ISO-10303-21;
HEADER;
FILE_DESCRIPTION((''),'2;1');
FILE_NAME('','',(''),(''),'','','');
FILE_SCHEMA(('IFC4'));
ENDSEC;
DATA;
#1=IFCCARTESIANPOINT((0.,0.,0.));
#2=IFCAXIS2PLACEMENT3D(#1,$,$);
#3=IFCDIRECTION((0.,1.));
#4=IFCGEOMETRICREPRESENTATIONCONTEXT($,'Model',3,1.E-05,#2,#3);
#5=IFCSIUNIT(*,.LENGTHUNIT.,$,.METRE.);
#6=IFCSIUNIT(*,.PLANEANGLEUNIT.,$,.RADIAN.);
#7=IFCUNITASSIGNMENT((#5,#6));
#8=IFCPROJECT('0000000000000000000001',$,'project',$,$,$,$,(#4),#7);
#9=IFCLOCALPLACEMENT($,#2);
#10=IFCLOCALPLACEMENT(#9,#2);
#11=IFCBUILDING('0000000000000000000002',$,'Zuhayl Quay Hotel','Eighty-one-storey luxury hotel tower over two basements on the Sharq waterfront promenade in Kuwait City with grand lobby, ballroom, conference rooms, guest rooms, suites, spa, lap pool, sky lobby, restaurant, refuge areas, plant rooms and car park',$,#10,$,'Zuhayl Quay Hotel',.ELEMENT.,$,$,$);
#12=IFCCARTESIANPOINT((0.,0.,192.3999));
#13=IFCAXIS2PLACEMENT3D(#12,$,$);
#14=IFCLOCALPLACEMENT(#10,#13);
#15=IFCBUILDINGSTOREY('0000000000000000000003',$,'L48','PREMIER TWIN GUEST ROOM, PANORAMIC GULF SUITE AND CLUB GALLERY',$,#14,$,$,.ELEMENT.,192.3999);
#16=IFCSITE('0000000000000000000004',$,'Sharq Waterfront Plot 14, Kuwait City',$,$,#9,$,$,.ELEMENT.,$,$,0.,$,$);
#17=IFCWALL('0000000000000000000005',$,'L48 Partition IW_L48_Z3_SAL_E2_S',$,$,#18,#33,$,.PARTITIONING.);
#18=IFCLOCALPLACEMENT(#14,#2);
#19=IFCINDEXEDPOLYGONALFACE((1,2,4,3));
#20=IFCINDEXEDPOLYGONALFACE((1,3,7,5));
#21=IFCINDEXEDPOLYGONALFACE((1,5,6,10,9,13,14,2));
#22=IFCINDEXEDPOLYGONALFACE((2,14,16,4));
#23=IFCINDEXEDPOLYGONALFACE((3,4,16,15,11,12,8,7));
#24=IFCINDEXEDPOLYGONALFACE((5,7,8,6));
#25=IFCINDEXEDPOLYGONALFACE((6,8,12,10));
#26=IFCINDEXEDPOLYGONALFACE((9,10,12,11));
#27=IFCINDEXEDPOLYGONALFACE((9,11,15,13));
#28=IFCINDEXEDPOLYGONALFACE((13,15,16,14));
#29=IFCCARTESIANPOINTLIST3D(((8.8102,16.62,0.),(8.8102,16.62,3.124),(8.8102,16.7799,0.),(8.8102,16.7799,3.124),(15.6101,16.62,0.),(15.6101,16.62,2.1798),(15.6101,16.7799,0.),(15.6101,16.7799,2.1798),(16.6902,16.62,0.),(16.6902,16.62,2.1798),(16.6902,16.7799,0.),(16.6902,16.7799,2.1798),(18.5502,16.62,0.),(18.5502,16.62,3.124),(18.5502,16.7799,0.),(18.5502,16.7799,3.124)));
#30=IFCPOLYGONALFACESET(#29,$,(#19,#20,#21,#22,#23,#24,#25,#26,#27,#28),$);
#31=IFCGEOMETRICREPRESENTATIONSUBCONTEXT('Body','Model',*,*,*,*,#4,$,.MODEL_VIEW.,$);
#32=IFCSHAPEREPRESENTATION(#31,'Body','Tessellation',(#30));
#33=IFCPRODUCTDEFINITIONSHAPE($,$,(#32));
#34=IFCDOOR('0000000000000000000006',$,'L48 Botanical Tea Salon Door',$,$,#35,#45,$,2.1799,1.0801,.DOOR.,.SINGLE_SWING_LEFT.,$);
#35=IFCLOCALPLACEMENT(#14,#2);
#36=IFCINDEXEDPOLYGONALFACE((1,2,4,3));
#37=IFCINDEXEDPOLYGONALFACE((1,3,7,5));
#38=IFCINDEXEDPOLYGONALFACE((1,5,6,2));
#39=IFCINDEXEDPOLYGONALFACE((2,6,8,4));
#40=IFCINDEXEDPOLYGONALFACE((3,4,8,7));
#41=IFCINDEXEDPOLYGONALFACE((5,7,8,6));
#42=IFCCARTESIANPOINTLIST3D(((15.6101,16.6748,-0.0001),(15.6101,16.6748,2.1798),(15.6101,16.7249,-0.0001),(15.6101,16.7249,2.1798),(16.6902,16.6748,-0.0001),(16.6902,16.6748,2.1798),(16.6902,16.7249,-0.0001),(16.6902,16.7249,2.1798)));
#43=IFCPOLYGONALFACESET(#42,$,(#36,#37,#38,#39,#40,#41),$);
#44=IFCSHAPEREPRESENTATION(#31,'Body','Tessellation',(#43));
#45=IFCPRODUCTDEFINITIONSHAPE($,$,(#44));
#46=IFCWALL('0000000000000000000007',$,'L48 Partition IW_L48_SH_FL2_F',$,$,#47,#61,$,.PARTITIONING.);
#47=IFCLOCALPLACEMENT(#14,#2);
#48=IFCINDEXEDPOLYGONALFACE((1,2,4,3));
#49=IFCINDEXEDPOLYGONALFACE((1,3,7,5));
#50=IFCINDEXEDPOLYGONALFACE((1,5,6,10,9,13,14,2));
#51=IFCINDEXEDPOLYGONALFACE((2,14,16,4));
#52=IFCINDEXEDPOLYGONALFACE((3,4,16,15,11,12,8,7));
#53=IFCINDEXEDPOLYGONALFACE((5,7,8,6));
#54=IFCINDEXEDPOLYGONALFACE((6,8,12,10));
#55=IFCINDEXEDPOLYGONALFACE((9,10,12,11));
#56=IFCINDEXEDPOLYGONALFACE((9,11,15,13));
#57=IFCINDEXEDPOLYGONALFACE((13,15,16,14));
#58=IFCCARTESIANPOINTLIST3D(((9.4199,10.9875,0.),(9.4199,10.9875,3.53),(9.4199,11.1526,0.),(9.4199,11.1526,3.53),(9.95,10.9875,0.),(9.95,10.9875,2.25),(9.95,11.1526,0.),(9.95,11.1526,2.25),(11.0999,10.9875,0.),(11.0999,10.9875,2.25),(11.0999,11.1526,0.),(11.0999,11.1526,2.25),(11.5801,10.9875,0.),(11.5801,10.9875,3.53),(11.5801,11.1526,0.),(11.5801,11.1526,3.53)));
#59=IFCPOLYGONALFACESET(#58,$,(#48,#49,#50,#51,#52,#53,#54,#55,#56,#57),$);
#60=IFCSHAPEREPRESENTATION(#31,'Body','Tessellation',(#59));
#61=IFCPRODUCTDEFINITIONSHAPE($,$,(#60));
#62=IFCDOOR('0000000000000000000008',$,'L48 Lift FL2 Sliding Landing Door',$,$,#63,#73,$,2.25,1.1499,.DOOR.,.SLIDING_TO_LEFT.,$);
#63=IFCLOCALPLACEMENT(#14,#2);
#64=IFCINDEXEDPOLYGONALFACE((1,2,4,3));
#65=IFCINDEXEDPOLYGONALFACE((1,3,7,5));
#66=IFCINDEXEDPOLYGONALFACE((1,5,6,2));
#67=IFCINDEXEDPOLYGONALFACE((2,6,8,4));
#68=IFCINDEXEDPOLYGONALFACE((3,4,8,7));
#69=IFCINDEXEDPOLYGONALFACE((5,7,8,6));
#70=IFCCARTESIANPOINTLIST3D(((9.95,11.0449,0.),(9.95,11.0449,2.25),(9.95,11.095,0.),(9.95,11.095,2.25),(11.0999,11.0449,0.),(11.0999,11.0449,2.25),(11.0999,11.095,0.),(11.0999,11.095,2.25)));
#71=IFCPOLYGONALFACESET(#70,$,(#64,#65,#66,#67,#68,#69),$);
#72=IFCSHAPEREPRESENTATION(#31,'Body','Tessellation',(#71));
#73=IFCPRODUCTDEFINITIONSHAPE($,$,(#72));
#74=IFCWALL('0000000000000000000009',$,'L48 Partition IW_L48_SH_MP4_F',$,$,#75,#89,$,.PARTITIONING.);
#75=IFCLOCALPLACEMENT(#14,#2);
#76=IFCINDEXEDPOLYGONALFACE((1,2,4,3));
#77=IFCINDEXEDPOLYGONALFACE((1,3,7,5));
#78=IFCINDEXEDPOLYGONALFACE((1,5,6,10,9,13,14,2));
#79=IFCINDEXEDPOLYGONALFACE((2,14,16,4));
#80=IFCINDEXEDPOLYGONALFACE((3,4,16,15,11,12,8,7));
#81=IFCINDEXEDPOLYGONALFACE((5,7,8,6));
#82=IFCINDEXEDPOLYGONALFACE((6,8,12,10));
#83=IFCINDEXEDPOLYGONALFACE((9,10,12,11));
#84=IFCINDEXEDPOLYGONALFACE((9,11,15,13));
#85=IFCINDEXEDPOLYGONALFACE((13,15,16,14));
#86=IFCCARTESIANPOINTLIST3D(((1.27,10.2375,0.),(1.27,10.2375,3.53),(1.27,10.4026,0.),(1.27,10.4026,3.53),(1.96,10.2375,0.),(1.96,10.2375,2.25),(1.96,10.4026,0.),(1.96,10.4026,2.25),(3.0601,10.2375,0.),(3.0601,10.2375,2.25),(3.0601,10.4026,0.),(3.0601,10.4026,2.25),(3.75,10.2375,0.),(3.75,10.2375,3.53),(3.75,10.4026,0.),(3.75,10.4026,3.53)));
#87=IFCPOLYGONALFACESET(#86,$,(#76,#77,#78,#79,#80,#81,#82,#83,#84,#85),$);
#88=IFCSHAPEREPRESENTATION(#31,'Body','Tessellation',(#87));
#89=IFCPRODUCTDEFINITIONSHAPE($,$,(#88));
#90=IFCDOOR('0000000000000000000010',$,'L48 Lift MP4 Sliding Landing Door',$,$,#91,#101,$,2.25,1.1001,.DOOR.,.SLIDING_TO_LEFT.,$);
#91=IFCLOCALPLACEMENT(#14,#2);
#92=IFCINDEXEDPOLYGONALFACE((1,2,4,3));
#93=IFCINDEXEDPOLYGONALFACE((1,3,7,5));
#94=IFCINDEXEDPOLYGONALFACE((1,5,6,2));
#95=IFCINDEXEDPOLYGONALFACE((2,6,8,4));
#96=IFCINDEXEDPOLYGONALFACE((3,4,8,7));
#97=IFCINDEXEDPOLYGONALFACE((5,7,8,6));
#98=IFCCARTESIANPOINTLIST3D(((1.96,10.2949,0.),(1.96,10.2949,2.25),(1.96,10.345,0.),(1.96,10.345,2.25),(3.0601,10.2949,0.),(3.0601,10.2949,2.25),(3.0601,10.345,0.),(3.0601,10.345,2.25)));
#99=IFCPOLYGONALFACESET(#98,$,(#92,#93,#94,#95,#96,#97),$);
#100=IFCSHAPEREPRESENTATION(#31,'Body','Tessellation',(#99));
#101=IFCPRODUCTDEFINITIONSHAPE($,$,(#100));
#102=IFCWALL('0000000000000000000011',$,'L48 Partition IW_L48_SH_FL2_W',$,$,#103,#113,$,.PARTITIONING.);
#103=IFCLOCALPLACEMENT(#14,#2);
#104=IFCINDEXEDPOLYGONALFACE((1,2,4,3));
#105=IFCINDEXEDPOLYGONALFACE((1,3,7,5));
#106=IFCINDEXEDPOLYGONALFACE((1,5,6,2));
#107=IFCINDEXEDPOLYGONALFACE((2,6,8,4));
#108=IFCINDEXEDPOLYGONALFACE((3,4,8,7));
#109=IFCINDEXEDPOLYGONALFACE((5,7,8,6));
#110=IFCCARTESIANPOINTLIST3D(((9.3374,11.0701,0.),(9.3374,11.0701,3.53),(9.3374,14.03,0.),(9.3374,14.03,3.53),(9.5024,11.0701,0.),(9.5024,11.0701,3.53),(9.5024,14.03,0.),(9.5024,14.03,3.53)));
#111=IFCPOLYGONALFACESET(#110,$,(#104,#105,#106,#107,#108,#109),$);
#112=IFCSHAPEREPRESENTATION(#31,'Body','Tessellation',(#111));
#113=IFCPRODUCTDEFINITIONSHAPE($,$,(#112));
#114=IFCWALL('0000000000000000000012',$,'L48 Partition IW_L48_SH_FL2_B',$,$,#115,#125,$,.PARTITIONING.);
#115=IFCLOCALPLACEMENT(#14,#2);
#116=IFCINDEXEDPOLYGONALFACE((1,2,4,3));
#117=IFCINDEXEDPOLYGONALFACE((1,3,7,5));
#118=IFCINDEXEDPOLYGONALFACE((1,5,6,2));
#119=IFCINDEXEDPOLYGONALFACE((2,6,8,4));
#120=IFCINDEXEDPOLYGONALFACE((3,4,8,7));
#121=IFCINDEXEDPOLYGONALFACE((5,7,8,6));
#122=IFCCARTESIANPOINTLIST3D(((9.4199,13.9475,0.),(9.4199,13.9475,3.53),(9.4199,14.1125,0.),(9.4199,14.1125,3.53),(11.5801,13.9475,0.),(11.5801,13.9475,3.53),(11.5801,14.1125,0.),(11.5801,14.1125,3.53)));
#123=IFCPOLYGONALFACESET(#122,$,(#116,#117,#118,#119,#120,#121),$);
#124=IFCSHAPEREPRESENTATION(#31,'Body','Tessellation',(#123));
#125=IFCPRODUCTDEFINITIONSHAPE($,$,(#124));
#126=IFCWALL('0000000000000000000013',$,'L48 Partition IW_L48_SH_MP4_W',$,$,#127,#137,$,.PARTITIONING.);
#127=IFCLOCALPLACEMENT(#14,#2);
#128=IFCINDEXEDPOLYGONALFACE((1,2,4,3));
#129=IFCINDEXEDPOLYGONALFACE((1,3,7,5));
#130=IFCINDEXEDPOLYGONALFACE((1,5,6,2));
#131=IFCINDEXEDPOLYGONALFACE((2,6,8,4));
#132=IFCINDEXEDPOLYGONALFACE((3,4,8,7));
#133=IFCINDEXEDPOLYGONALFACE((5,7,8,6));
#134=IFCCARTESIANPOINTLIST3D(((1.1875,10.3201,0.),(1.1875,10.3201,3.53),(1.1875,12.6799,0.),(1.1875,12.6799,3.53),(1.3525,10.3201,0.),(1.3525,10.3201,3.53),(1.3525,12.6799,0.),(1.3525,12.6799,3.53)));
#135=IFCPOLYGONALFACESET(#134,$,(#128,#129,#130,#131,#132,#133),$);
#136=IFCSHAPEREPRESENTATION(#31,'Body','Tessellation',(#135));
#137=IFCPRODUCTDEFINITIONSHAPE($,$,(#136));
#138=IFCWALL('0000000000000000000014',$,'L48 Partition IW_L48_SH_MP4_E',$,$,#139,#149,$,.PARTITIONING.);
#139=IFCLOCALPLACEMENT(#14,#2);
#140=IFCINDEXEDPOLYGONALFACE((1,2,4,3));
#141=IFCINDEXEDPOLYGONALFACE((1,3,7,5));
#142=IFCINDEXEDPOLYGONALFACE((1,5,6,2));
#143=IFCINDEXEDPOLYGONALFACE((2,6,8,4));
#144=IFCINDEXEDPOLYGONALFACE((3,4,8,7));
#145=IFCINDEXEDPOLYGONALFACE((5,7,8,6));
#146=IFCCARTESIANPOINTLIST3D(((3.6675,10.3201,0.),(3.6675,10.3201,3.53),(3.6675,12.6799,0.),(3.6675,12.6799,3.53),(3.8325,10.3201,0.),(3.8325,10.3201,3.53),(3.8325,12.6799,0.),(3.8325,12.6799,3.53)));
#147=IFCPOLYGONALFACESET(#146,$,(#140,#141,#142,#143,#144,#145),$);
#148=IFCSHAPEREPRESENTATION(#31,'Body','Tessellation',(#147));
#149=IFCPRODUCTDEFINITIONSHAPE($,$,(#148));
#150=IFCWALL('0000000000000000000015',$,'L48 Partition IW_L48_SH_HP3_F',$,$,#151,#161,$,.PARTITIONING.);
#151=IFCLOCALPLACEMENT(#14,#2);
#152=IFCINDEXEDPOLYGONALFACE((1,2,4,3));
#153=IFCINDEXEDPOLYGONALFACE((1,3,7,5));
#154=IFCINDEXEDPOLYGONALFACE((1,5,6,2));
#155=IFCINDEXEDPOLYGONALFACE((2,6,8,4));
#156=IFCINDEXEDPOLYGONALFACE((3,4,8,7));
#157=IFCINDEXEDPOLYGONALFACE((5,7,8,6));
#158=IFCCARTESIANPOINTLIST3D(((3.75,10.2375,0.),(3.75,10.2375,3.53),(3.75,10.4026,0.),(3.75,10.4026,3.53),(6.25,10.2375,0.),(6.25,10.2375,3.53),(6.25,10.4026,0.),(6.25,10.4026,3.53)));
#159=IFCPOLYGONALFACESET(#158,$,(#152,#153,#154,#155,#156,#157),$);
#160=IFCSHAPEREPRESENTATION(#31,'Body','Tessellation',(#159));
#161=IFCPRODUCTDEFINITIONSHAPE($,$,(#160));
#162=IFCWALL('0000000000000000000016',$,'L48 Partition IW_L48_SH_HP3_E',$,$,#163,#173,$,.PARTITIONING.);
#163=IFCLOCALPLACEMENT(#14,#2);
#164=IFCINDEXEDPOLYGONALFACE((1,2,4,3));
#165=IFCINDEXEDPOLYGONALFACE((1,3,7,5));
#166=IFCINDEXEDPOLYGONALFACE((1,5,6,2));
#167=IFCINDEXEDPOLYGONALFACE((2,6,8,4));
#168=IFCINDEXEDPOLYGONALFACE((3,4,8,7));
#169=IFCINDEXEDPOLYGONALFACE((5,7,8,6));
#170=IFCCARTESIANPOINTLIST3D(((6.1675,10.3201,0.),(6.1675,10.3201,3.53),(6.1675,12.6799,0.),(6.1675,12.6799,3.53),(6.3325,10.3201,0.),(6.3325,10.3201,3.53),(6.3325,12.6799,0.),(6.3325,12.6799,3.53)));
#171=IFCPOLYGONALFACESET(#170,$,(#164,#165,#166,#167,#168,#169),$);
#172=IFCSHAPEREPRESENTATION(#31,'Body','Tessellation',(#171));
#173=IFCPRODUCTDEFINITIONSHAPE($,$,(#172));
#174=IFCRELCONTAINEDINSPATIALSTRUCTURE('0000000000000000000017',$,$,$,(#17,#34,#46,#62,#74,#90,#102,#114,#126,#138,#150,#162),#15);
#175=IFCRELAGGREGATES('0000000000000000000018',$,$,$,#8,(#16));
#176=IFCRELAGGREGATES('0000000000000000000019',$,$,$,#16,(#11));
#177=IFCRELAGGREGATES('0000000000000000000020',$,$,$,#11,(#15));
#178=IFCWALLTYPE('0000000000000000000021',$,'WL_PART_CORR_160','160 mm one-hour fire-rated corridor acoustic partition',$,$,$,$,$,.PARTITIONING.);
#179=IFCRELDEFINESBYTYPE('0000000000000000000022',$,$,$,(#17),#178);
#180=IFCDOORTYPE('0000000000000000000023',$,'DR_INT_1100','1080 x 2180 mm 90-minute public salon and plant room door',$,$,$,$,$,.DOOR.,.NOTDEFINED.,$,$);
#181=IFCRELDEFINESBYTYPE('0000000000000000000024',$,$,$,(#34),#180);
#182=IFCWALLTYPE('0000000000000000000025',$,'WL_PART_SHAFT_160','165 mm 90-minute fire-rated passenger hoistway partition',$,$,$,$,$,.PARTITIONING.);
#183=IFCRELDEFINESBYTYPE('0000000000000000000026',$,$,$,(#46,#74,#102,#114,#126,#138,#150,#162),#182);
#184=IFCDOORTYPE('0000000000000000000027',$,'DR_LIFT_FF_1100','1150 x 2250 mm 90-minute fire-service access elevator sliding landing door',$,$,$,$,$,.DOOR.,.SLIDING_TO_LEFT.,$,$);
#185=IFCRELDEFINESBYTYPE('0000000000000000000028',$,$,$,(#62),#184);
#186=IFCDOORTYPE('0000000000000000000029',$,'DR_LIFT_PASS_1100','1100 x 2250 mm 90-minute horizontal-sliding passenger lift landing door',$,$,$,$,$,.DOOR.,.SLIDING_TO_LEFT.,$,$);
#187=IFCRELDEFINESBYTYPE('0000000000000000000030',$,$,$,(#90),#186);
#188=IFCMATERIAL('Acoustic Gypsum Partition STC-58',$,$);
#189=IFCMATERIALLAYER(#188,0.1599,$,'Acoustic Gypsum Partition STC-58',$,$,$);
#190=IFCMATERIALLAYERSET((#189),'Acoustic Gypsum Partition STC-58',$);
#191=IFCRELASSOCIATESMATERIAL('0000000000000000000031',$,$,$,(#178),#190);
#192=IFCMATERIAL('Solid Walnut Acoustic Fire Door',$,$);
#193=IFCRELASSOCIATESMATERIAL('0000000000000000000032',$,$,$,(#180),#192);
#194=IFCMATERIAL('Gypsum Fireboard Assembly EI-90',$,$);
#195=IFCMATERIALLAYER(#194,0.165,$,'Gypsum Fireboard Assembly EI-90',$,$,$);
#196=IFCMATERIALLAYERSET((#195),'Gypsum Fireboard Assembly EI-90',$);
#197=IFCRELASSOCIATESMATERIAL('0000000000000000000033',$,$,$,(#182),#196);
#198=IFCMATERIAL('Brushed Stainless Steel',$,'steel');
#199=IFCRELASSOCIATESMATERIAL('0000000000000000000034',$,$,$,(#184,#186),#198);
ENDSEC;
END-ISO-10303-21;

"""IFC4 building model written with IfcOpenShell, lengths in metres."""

from ifc_helpers import new_model, si_unit, direction, frame, frame_2d, origin, place, context, subcontext, project, spatial, rectangle, extrude, material, layer, layer_set, type_object, element, fill, save


model = new_model("IFC4")

# Units and contexts
model_context = context("Model", 3, precision=1e-05, world=origin(), true_north=direction((0.0, 1.0)))
body_context = subcontext(model_context, "Body", "Model", "MODEL_VIEW")
ifc_project = project(units=[si_unit("LENGTHUNIT", "METRE"), si_unit("PLANEANGLEUNIT", "RADIAN")], contexts=[model_context])

# Site, building, storey
site_placement = place(None, origin())
site = spatial("IfcSite", under=ifc_project, at=site_placement, Name="Sharq Waterfront Plot 14, Kuwait City", CompositionType="ELEMENT", RefElevation=0.0)
building_placement = place(site_placement, origin())
building = spatial("IfcBuilding", under=site, at=building_placement, Name="Zuhayl Quay Hotel", Description="Eighty-one-storey luxury hotel tower over two basements on the Sharq waterfront promenade in Kuwait City with grand lobby, ballroom, conference rooms, guest rooms, suites, spa, lap pool, sky lobby, restaurant, refuge areas, plant rooms and car park", LongName="Zuhayl Quay Hotel", CompositionType="ELEMENT")
storey_placement = place(building_placement, frame((0.0, 0.0, 192.3999)))
storey = spatial("IfcBuildingStorey", under=building, at=storey_placement, Name="L48", Description="PREMIER TWIN GUEST ROOM, PANORAMIC GULF SUITE AND CLUB GALLERY", CompositionType="ELEMENT", Elevation=192.3999)

# Shared definitions
ifc_material_1 = material(Name="Acoustic Gypsum Partition STC-58")

# Walls, openings, doors
ifc_layer_1 = layer(ifc_material_1, 0.1599, Name="Acoustic Gypsum Partition STC-58")
ifc_layer_set_1 = layer_set([ifc_layer_1], Name="Acoustic Gypsum Partition STC-58")
wall_type_1 = type_object("IfcWallType", Name="WL_PART_CORR_160", Description="160 mm one-hour fire-rated corridor acoustic partition", PredefinedType="PARTITIONING", material=ifc_layer_set_1)
ifc_material_2 = material(Name="Solid Walnut Acoustic Fire Door")
door_type_1 = type_object("IfcDoorType", Name="DR_INT_1100", Description="1080 x 2180 mm 90-minute public salon and plant room door", OperationType="NOTDEFINED", PredefinedType="DOOR", material=ifc_material_2)
wall_1_placement = place(storey_placement, frame((8.8101, 16.7, 0.0), z_axis=(0.0, 0.0, 1.0), x_axis=(1.0, 0.0, 0.0)))
wall_1 = element("IfcWall", 1, at=wall_1_placement, inside=storey, type_object=wall_type_1, Name="L48 Partition IW_L48_Z3_SAL_E2_S", PredefinedType="PARTITIONING", context=body_context, shape_type="SweptSolid", body=[
    extrude(rectangle(XDim=9.74, YDim=0.1599, at=frame_2d((4.8701, 0.0))), origin(), (0.0, 0.0, 1.0), 3.124),
])
opening_1_placement = place(wall_1_placement, frame((6.8, 0.0, 0.0)))
opening_1 = element("IfcOpeningElement", 2, at=opening_1_placement, cuts=wall_1, PredefinedType="OPENING", context=body_context, shape_type="SweptSolid", body=[
    extrude(rectangle(XDim=1.0801, YDim=2.1799, at=frame_2d((0.54, 1.0898))), frame((0.0, 0.0898, 0.0), z_axis=(0.0, -1.0, 0.0), x_axis=(1.0, 0.0, 0.0)), (0.0, 0.0, 1.0), 0.1799),
])
door_1_placement = place(opening_1_placement, origin())
door_1 = element("IfcDoor", 3, at=door_1_placement, inside=storey, type_object=door_type_1, Name="L48 Botanical Tea Salon Door", OperationType="SINGLE_SWING_LEFT", OverallHeight=2.1799, OverallWidth=1.0801, PredefinedType="DOOR", context=body_context, shape_type="SweptSolid", body=[
    extrude(rectangle(XDim=1.0801, YDim=2.1799, at=frame_2d((0.54, 1.0898))), frame((0.0, 0.0249, 0.0), z_axis=(0.0, -1.0, 0.0), x_axis=(1.0, 0.0, 0.0)), (0.0, 0.0, 1.0), 0.05),
])
fill(opening_1, door_1)
ifc_material_3 = material(Name="Gypsum Fireboard Assembly EI-90")
ifc_layer_2 = layer(ifc_material_3, 0.165, Name="Gypsum Fireboard Assembly EI-90")
ifc_layer_set_2 = layer_set([ifc_layer_2], Name="Gypsum Fireboard Assembly EI-90")
wall_type_2 = type_object("IfcWallType", Name="WL_PART_SHAFT_160", Description="165 mm 90-minute fire-rated passenger hoistway partition", PredefinedType="PARTITIONING", material=ifc_layer_set_2)
wall_2_placement = place(storey_placement, frame((9.4199, 11.0701, 0.0), z_axis=(0.0, 0.0, 1.0), x_axis=(1.0, 0.0, 0.0)))
wall_2 = element("IfcWall", 4, at=wall_2_placement, inside=storey, type_object=wall_type_2, Name="L48 Partition IW_L48_SH_FL2_F", PredefinedType="PARTITIONING", context=body_context, shape_type="SweptSolid", body=[
    extrude(rectangle(XDim=2.1602, YDim=0.165, at=frame_2d((1.0801, 0.0))), origin(), (0.0, 0.0, 1.0), 3.53),
])
opening_2_placement = place(wall_2_placement, frame((0.53, 0.0, 0.0)))
opening_2 = element("IfcOpeningElement", 5, at=opening_2_placement, cuts=wall_2, PredefinedType="OPENING", context=body_context, shape_type="SweptSolid", body=[
    extrude(rectangle(XDim=1.1499, YDim=2.25, at=frame_2d((0.575, 1.125))), frame((0.0, 0.0925, 0.0), z_axis=(0.0, -1.0, 0.0), x_axis=(1.0, 0.0, 0.0)), (0.0, 0.0, 1.0), 0.1851),
])
ifc_material_4 = material(Name="Brushed Stainless Steel", Category="steel")
door_type_2 = type_object("IfcDoorType", Name="DR_LIFT_FF_1100", Description="1150 x 2250 mm 90-minute fire-service access elevator sliding landing door", OperationType="SLIDING_TO_LEFT", PredefinedType="DOOR", material=ifc_material_4)
door_2_placement = place(opening_2_placement, origin())
door_2 = element("IfcDoor", 6, at=door_2_placement, inside=storey, type_object=door_type_2, Name="L48 Lift FL2 Sliding Landing Door", OperationType="SLIDING_TO_LEFT", OverallHeight=2.25, OverallWidth=1.1499, PredefinedType="DOOR", context=body_context, shape_type="SweptSolid", body=[
    extrude(rectangle(XDim=1.1499, YDim=2.25, at=frame_2d((0.575, 1.125))), frame((0.0, 0.0249, 0.0), z_axis=(0.0, -1.0, 0.0), x_axis=(1.0, 0.0, 0.0)), (0.0, 0.0, 1.0), 0.05),
])
fill(opening_2, door_2)
wall_3_placement = place(storey_placement, frame((1.27, 10.3201, 0.0), z_axis=(0.0, 0.0, 1.0), x_axis=(1.0, 0.0, 0.0)))
wall_3 = element("IfcWall", 7, at=wall_3_placement, inside=storey, type_object=wall_type_2, Name="L48 Partition IW_L48_SH_MP4_F", PredefinedType="PARTITIONING", context=body_context, shape_type="SweptSolid", body=[
    extrude(rectangle(XDim=2.48, YDim=0.165, at=frame_2d((1.24, 0.0))), origin(), (0.0, 0.0, 1.0), 3.53),
])
opening_3_placement = place(wall_3_placement, frame((0.6899, 0.0, 0.0)))
opening_3 = element("IfcOpeningElement", 8, at=opening_3_placement, cuts=wall_3, PredefinedType="OPENING", context=body_context, shape_type="SweptSolid", body=[
    extrude(rectangle(XDim=1.1001, YDim=2.25, at=frame_2d((0.55, 1.125))), frame((0.0, 0.0925, 0.0), z_axis=(0.0, -1.0, 0.0), x_axis=(1.0, 0.0, 0.0)), (0.0, 0.0, 1.0), 0.1851),
])
door_type_3 = type_object("IfcDoorType", Name="DR_LIFT_PASS_1100", Description="1100 x 2250 mm 90-minute horizontal-sliding passenger lift landing door", OperationType="SLIDING_TO_LEFT", PredefinedType="DOOR", material=ifc_material_4)
door_3_placement = place(opening_3_placement, origin())
door_3 = element("IfcDoor", 9, at=door_3_placement, inside=storey, type_object=door_type_3, Name="L48 Lift MP4 Sliding Landing Door", OperationType="SLIDING_TO_LEFT", OverallHeight=2.25, OverallWidth=1.1001, PredefinedType="DOOR", context=body_context, shape_type="SweptSolid", body=[
    extrude(rectangle(XDim=1.1001, YDim=2.25, at=frame_2d((0.55, 1.125))), frame((0.0, 0.0249, 0.0), z_axis=(0.0, -1.0, 0.0), x_axis=(1.0, 0.0, 0.0)), (0.0, 0.0, 1.0), 0.05),
])
fill(opening_3, door_3)

# Walls
wall_4_placement = place(storey_placement, frame((9.4199, 11.0701, 0.0), z_axis=(0.0, 0.0, 1.0), x_axis=(0.0, 1.0, 0.0)))
element("IfcWall", 10, at=wall_4_placement, inside=storey, type_object=wall_type_2, Name="L48 Partition IW_L48_SH_FL2_W", PredefinedType="PARTITIONING", context=body_context, shape_type="SweptSolid", body=[
    extrude(rectangle(XDim=2.96, YDim=0.165, at=frame_2d((1.48, 0.0))), origin(), (0.0, 0.0, 1.0), 3.53),
])
wall_5_placement = place(storey_placement, frame((9.4199, 14.03, 0.0), z_axis=(0.0, 0.0, 1.0), x_axis=(1.0, 0.0, 0.0)))
element("IfcWall", 11, at=wall_5_placement, inside=storey, type_object=wall_type_2, Name="L48 Partition IW_L48_SH_FL2_B", PredefinedType="PARTITIONING", context=body_context, shape_type="SweptSolid", body=[
    extrude(rectangle(XDim=2.1602, YDim=0.165, at=frame_2d((1.0801, 0.0))), origin(), (0.0, 0.0, 1.0), 3.53),
])
for number, where, z_axis, x_axis, name in (
    (12, (1.27, 10.3201, 0.0), (0.0, 0.0, 1.0), (0.0, 1.0, 0.0), "L48 Partition IW_L48_SH_MP4_W"),
    (13, (3.75, 10.3201, 0.0), (0.0, 0.0, 1.0), (0.0, 1.0, 0.0), "L48 Partition IW_L48_SH_MP4_E"),
):
    element("IfcWall", number, at=place(storey_placement, frame(where, z_axis=z_axis, x_axis=x_axis)), inside=storey, type_object=wall_type_2, Name=name, PredefinedType="PARTITIONING", context=body_context, shape_type="SweptSolid", body=[
        extrude(rectangle(XDim=2.3599, YDim=0.165, at=frame_2d((1.1799, 0.0))), origin(), (0.0, 0.0, 1.0), 3.53),
    ])
wall_6_placement = place(storey_placement, frame((3.75, 10.3201, 0.0), z_axis=(0.0, 0.0, 1.0), x_axis=(1.0, 0.0, 0.0)))
element("IfcWall", 14, at=wall_6_placement, inside=storey, type_object=wall_type_2, Name="L48 Partition IW_L48_SH_HP3_F", PredefinedType="PARTITIONING", context=body_context, shape_type="SweptSolid", body=[
    extrude(rectangle(XDim=2.5, YDim=0.165, at=frame_2d((1.25, 0.0))), origin(), (0.0, 0.0, 1.0), 3.53),
])
wall_7_placement = place(storey_placement, frame((6.25, 10.3201, 0.0), z_axis=(0.0, 0.0, 1.0), x_axis=(0.0, 1.0, 0.0)))
element("IfcWall", 15, at=wall_7_placement, inside=storey, type_object=wall_type_2, Name="L48 Partition IW_L48_SH_HP3_E", PredefinedType="PARTITIONING", context=body_context, shape_type="SweptSolid", body=[
    extrude(rectangle(XDim=2.3599, YDim=0.165, at=frame_2d((1.1799, 0.0))), origin(), (0.0, 0.0, 1.0), 3.53),
])

save(model, "model.ifc")
